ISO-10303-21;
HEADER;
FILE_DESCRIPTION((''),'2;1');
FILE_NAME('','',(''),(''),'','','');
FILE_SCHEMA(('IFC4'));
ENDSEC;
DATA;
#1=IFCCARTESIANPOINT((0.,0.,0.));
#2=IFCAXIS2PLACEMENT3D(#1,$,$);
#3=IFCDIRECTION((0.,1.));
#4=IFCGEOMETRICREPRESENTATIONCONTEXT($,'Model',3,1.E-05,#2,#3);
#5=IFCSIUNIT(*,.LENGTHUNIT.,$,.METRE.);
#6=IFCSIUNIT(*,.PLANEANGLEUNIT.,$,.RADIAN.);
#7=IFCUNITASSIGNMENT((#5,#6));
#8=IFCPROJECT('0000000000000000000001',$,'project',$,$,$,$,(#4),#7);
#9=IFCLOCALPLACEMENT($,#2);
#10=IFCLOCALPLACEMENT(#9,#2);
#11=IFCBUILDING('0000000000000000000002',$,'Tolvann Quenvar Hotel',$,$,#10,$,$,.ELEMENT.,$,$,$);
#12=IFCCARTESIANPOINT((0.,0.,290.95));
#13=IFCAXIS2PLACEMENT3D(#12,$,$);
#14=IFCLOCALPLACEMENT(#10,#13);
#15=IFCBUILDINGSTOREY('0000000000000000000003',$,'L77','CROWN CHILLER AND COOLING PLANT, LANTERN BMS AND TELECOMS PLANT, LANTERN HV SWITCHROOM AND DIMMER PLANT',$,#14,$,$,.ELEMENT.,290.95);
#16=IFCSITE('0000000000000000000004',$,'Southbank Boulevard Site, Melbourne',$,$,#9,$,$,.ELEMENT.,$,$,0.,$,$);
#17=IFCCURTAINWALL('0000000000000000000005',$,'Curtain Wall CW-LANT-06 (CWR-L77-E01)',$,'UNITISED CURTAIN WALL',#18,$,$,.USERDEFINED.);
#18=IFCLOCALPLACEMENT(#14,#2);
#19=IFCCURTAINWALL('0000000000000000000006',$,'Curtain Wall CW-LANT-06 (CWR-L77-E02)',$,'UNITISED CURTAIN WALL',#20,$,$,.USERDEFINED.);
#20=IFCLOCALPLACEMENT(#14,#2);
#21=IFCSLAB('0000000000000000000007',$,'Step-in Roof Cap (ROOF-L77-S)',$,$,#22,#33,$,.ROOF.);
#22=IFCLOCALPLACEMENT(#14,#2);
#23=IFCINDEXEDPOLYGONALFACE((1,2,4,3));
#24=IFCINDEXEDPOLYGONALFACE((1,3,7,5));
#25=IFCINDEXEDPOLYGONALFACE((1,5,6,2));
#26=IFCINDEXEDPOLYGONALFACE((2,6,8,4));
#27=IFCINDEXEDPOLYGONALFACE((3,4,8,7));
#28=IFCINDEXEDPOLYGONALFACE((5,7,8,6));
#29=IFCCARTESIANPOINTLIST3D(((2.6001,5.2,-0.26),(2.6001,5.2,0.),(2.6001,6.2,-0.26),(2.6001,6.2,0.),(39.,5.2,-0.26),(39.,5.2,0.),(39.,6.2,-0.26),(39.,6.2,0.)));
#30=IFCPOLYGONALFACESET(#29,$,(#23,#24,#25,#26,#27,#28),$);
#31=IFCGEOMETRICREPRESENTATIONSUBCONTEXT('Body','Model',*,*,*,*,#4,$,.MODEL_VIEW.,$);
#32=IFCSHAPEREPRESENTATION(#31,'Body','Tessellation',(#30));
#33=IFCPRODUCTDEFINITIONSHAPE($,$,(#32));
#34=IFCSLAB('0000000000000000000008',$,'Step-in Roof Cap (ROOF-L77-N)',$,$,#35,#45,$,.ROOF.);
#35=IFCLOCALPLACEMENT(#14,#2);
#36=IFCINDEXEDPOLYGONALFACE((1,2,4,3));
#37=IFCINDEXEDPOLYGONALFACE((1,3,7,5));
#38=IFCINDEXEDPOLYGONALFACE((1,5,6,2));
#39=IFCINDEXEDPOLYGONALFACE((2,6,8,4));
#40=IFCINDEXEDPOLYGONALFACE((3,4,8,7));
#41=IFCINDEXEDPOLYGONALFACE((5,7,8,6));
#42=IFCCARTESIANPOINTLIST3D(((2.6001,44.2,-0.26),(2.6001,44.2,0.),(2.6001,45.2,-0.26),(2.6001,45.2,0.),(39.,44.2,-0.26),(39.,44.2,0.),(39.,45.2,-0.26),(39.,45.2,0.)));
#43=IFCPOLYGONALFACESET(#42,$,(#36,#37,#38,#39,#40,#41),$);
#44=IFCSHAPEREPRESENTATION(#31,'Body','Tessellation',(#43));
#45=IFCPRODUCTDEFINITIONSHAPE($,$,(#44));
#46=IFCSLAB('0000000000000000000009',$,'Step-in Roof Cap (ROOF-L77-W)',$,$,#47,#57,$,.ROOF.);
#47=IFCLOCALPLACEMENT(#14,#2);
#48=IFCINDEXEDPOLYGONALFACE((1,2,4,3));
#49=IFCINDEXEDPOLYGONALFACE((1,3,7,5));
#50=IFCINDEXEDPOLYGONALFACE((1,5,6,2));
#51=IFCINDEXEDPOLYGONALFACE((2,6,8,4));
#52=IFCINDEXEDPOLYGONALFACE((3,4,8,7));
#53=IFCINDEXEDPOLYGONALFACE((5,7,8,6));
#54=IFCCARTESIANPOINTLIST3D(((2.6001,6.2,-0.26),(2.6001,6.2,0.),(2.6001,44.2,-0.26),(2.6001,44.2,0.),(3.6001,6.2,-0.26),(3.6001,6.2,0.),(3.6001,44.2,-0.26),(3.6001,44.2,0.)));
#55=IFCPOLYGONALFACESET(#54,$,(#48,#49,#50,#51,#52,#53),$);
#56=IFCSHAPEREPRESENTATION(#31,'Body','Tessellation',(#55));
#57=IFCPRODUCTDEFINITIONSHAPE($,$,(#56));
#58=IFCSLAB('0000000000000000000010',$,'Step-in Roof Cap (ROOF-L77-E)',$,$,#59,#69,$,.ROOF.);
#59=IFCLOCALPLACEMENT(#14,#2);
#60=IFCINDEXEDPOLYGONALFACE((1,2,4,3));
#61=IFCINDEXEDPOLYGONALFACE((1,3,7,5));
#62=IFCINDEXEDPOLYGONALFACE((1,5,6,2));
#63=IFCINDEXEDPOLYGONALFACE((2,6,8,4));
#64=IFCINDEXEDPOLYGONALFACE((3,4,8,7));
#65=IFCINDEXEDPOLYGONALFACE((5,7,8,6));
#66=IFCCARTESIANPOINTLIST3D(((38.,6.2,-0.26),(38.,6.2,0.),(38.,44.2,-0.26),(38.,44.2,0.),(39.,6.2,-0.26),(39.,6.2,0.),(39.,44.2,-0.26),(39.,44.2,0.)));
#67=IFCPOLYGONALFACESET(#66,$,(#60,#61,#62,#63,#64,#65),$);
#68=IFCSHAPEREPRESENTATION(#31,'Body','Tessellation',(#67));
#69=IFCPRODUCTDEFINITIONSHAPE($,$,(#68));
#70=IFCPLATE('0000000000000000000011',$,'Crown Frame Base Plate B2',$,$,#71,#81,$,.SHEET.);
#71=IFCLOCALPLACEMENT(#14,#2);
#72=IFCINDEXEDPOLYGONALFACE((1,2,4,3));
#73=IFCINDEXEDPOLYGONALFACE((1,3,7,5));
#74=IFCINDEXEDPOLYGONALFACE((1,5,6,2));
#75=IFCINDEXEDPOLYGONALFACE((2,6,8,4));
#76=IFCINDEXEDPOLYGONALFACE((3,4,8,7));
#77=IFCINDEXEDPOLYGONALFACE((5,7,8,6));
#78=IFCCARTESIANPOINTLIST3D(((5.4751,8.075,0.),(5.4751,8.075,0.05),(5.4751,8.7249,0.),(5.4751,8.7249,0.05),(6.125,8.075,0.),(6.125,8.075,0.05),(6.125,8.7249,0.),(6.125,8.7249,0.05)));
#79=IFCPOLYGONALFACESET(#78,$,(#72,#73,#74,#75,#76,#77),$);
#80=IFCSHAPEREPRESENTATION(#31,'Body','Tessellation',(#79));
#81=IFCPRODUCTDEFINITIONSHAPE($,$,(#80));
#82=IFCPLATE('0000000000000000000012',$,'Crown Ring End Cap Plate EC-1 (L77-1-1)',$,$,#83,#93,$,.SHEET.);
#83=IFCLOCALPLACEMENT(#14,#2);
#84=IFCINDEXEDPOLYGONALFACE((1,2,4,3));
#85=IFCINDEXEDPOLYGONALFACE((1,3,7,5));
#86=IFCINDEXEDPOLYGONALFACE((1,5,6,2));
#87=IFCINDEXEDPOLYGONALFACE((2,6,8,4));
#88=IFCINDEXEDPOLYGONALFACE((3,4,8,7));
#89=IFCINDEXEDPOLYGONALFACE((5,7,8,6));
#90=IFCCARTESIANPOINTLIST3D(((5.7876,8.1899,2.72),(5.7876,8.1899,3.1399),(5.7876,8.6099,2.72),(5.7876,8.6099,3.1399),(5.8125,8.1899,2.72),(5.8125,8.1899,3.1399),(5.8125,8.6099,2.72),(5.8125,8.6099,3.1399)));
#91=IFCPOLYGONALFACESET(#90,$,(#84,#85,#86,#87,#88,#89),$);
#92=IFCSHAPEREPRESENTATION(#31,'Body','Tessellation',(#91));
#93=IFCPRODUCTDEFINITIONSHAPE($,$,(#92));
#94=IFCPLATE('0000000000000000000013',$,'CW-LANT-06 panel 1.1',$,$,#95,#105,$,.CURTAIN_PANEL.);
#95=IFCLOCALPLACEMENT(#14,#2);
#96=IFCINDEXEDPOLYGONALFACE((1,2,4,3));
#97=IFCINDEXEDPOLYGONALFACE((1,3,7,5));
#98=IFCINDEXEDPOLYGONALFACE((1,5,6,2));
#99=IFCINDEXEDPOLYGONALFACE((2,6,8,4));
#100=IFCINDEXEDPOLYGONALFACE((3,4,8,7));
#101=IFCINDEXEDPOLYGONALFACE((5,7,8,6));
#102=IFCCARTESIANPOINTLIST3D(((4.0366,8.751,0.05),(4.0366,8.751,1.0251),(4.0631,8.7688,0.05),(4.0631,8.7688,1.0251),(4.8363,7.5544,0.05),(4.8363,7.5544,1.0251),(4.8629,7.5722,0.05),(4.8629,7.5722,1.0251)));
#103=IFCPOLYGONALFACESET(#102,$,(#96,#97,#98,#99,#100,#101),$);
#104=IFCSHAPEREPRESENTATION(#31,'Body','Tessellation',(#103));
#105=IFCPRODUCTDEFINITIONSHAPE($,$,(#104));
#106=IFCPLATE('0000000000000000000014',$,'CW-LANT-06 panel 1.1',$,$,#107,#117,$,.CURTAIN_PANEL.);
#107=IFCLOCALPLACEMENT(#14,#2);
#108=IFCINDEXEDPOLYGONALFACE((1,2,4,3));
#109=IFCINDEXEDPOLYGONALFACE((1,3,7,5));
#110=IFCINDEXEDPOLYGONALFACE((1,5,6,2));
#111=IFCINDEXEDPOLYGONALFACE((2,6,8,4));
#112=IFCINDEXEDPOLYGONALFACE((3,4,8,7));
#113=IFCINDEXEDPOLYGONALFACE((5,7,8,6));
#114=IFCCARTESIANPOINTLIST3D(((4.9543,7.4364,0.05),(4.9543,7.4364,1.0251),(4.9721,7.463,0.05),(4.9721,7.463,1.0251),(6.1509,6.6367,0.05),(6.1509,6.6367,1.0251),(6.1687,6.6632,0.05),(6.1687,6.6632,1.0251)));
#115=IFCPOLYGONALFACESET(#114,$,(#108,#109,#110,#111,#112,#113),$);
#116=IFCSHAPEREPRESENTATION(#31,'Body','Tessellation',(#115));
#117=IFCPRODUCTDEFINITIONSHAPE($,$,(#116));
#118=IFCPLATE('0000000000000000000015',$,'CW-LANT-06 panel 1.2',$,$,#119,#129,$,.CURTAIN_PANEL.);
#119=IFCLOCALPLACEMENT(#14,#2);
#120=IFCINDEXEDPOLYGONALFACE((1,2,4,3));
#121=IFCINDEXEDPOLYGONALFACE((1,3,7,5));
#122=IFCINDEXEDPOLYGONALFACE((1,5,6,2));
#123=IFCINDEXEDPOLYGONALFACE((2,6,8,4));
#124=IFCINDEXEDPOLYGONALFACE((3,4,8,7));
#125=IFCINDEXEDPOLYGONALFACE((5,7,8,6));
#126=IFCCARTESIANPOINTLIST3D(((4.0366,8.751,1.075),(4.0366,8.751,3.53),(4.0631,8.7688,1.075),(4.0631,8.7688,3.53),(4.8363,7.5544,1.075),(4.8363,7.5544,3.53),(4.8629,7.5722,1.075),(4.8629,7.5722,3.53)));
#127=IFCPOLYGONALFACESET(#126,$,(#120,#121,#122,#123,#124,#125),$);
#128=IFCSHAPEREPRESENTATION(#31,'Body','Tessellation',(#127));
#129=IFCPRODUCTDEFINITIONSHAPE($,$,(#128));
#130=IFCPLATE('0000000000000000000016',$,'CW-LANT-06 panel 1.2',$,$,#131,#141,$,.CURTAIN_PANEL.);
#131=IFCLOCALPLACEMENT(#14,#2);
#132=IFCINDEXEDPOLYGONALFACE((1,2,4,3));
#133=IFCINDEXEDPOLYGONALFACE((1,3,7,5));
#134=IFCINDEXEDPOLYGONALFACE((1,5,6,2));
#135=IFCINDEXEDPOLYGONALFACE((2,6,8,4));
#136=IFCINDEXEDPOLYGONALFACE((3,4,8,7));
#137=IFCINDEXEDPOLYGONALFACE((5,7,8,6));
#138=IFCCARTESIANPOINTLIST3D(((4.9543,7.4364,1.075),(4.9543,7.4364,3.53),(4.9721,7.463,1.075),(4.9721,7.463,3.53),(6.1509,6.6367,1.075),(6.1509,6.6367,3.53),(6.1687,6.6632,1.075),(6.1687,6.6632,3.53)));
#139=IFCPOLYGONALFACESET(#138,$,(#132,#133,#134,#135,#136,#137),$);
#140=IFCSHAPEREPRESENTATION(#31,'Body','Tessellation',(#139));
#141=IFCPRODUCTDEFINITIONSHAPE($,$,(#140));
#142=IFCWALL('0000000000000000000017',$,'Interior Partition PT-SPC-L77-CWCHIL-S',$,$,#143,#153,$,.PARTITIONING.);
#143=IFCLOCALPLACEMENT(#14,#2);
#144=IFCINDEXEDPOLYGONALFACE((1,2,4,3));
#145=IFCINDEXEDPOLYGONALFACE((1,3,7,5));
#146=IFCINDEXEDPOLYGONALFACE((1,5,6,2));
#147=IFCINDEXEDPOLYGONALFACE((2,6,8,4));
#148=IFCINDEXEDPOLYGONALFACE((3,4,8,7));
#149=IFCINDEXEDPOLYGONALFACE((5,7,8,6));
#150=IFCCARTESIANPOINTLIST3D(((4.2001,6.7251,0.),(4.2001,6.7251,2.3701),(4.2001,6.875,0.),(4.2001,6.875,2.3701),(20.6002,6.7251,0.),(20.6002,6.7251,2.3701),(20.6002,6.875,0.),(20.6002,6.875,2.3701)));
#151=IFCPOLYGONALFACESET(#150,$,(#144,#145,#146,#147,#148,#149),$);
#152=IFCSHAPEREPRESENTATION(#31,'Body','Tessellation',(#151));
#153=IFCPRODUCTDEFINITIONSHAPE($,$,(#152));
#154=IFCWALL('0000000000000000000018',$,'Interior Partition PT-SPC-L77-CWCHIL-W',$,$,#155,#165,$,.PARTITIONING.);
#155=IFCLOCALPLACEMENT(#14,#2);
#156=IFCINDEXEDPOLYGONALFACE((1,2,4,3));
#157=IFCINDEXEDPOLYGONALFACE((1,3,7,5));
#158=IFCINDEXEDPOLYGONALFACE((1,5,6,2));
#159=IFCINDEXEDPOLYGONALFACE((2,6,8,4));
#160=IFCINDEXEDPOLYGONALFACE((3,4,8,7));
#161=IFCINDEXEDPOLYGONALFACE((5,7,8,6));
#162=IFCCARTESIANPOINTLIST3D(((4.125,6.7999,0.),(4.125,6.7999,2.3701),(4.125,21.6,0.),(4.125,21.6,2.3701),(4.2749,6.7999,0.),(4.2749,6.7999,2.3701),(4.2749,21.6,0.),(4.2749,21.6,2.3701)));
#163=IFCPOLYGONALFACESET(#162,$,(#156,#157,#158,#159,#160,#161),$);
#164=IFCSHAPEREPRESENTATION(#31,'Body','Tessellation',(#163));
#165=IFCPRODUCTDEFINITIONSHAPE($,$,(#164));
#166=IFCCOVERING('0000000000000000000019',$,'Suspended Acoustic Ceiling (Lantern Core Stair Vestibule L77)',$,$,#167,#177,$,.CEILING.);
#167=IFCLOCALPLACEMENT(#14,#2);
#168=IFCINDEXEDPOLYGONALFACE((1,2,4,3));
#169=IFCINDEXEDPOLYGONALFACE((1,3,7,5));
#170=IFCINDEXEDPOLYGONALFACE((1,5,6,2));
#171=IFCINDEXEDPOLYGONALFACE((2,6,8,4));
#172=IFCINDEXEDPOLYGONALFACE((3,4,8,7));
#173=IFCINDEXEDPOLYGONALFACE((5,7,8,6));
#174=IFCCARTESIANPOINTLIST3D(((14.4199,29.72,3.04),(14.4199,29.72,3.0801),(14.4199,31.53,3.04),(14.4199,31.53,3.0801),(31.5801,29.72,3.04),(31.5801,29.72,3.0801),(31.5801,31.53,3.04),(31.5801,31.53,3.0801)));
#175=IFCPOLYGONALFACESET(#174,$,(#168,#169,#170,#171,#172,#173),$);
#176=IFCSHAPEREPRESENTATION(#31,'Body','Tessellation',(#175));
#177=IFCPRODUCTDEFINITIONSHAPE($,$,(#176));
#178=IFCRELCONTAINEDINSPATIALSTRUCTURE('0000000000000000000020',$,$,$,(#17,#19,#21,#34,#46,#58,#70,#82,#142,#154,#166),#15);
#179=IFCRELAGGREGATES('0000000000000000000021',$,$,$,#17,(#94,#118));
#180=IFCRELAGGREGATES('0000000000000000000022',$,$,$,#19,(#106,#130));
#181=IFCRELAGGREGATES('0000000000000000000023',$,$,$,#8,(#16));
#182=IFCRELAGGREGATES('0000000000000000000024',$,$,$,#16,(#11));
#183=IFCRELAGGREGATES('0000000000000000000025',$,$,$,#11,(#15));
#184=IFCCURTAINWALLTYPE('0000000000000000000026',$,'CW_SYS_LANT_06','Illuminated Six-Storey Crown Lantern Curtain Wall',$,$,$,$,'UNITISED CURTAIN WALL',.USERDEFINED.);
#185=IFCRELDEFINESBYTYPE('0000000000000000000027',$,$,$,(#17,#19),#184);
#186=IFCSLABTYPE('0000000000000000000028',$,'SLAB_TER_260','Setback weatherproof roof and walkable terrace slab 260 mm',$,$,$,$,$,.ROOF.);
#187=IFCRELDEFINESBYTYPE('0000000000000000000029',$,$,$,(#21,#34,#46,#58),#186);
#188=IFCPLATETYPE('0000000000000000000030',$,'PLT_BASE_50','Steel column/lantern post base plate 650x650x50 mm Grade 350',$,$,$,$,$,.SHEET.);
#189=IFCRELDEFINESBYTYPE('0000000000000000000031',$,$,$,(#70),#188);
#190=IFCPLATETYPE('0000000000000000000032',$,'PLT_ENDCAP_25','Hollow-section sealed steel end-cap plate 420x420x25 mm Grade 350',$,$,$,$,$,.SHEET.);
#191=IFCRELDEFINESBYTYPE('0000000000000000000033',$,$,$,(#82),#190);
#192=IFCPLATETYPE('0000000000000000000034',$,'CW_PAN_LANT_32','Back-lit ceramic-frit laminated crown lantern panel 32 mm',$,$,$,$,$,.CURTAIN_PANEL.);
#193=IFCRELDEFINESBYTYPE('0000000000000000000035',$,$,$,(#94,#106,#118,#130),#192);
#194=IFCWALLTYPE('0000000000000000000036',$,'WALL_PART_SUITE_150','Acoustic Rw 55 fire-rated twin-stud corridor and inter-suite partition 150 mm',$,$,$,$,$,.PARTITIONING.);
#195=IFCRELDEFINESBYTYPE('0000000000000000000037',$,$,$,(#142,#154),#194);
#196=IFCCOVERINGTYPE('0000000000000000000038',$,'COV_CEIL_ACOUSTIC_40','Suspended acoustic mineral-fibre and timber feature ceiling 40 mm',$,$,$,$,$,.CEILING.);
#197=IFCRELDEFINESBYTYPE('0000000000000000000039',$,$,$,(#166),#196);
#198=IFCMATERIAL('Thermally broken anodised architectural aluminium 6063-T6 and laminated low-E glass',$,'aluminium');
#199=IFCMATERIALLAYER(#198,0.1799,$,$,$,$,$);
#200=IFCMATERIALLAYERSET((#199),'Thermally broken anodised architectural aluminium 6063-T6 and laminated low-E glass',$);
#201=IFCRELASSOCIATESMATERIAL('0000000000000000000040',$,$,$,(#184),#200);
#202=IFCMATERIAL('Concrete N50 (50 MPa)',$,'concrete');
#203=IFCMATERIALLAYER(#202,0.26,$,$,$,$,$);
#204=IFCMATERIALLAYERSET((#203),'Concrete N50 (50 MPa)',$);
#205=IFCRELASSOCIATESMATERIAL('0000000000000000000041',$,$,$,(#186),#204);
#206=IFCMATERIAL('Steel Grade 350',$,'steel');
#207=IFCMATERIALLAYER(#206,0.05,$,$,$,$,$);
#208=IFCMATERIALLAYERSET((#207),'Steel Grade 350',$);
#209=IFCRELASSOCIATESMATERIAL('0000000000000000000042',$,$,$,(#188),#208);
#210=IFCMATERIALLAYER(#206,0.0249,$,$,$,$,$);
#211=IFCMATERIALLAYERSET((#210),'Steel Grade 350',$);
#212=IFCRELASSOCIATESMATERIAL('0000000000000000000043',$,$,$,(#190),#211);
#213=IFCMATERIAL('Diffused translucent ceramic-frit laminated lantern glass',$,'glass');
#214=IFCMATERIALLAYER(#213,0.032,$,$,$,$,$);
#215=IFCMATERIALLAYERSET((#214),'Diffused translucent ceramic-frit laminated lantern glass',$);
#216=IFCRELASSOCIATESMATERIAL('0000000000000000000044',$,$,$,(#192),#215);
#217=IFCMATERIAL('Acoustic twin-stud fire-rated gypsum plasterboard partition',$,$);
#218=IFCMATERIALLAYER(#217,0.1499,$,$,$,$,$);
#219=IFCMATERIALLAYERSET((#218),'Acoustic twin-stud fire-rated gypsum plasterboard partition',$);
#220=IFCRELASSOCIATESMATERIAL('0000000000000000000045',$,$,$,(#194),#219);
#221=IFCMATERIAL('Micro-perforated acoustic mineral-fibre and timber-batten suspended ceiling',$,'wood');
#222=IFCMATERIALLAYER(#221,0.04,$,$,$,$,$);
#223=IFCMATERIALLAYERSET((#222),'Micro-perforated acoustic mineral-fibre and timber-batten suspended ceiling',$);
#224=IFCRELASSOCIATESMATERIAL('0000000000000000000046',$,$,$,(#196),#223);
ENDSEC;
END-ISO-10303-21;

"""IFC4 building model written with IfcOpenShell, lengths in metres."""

from ifc_helpers import new_model, si_unit, direction, frame, frame_2d, origin, origin_2d, place, context, subcontext, project, spatial, polyline, rectangle, outline, extrude, source, transform, mapped, material, layer, layer_set, type_object, type_shapes, element, aggregate, save


model = new_model("IFC4")

# Units and contexts
model_context = context("Model", 3, precision=1e-05, world=origin(), true_north=direction((0.0, 1.0)))
body_context = subcontext(model_context, "Body", "Model", "MODEL_VIEW")
ifc_project = project(units=[si_unit("LENGTHUNIT", "METRE"), si_unit("PLANEANGLEUNIT", "RADIAN")], contexts=[model_context])

# Site, building, storey
site_placement = place(None, origin())
site = spatial("IfcSite", under=ifc_project, at=site_placement, Name="Southbank Boulevard Site, Melbourne", CompositionType="ELEMENT", RefElevation=0.0)
building_placement = place(site_placement, origin())
building = spatial("IfcBuilding", under=site, at=building_placement, Name="Tolvann Quenvar Hotel", CompositionType="ELEMENT")
storey_placement = place(building_placement, frame((0.0, 0.0, 290.95)))
storey = spatial("IfcBuildingStorey", under=building, at=storey_placement, Name="L77", Description="CROWN CHILLER AND COOLING PLANT, LANTERN BMS AND TELECOMS PLANT, LANTERN HV SWITCHROOM AND DIMMER PLANT", CompositionType="ELEMENT", Elevation=290.95)

# Shared definitions
ifc_material_1 = material(Name="Steel Grade 350", Category="steel")

# Curtain wall
ifc_material_2 = material(Name="Thermally broken anodised architectural aluminium 6063-T6 and laminated low-E glass", Category="aluminium")
ifc_layer_1 = layer(ifc_material_2, 0.1799)
ifc_layer_set_1 = layer_set([ifc_layer_1], Name="Thermally broken anodised architectural aluminium 6063-T6 and laminated low-E glass")
curtain_wall_type = type_object("IfcCurtainWallType", Name="CW_SYS_LANT_06", Description="Illuminated Six-Storey Crown Lantern Curtain Wall", ElementType="UNITISED CURTAIN WALL", PredefinedType="USERDEFINED", material=ifc_layer_set_1)
curtain_wall_1_placement = place(storey_placement, origin())
curtain_wall_1 = element("IfcCurtainWall", 1, at=curtain_wall_1_placement, inside=storey, type_object=curtain_wall_type, Name="Curtain Wall CW-LANT-06 (CWR-L77-E01)", ObjectType="UNITISED CURTAIN WALL", PredefinedType="USERDEFINED")

# Curtain wall
curtain_wall_2_placement = place(storey_placement, origin())
curtain_wall_2 = element("IfcCurtainWall", 2, at=curtain_wall_2_placement, inside=storey, type_object=curtain_wall_type, Name="Curtain Wall CW-LANT-06 (CWR-L77-E02)", ObjectType="UNITISED CURTAIN WALL", PredefinedType="USERDEFINED")

# Slabs
ifc_material_3 = material(Name="Concrete N50 (50 MPa)", Category="concrete")
ifc_layer_2 = layer(ifc_material_3, 0.26)
ifc_layer_set_2 = layer_set([ifc_layer_2], Name="Concrete N50 (50 MPa)")
slab_type_1 = type_object("IfcSlabType", Name="SLAB_TER_260", Description="Setback weatherproof roof and walkable terrace slab 260 mm", PredefinedType="ROOF", material=ifc_layer_set_2)
slab_1_placement = place(storey_placement, frame((0.0, 0.0, -0.26)))
element("IfcSlab", 3, at=slab_1_placement, inside=storey, type_object=slab_type_1, Name="Step-in Roof Cap (ROOF-L77-S)", PredefinedType="ROOF", context=body_context, shape_type="SweptSolid", body=[
    extrude(outline(polyline([(2.6001, 5.2), (39.0, 5.2), (39.0, 6.2), (2.6001, 6.2), (2.6001, 5.2)])), origin(), (0.0, 0.0, 1.0), 0.26),
])
slab_2_placement = place(storey_placement, frame((0.0, 0.0, -0.26)))
element("IfcSlab", 4, at=slab_2_placement, inside=storey, type_object=slab_type_1, Name="Step-in Roof Cap (ROOF-L77-N)", PredefinedType="ROOF", context=body_context, shape_type="SweptSolid", body=[
    extrude(outline(polyline([(2.6001, 44.2), (39.0, 44.2), (39.0, 45.2), (2.6001, 45.2), (2.6001, 44.2)])), origin(), (0.0, 0.0, 1.0), 0.26),
])
slab_3_placement = place(storey_placement, frame((0.0, 0.0, -0.26)))
element("IfcSlab", 5, at=slab_3_placement, inside=storey, type_object=slab_type_1, Name="Step-in Roof Cap (ROOF-L77-W)", PredefinedType="ROOF", context=body_context, shape_type="SweptSolid", body=[
    extrude(outline(polyline([(2.6001, 6.2), (3.6001, 6.2), (3.6001, 44.2), (2.6001, 44.2), (2.6001, 6.2)])), origin(), (0.0, 0.0, 1.0), 0.26),
])
slab_4_placement = place(storey_placement, frame((0.0, 0.0, -0.26)))
element("IfcSlab", 6, at=slab_4_placement, inside=storey, type_object=slab_type_1, Name="Step-in Roof Cap (ROOF-L77-E)", PredefinedType="ROOF", context=body_context, shape_type="SweptSolid", body=[
    extrude(outline(polyline([(38.0, 6.2), (39.0, 6.2), (39.0, 44.2), (38.0, 44.2), (38.0, 6.2)])), origin(), (0.0, 0.0, 1.0), 0.26),
])

# Plates
ifc_layer_3 = layer(ifc_material_1, 0.05)
ifc_layer_set_3 = layer_set([ifc_layer_3], Name="Steel Grade 350")
plate_type_1 = type_object("IfcPlateType", Name="PLT_BASE_50", Description="Steel column/lantern post base plate 650x650x50 mm Grade 350", PredefinedType="SHEET", material=ifc_layer_set_3)
shared_shape_1 = source(origin(), body_context, "Body", "SweptSolid", [
    extrude(rectangle(XDim=0.6499, YDim=0.6499, at=origin_2d()), origin(), (0.0, 0.0, 1.0), 0.05),
])
type_shapes(plate_type_1, [shared_shape_1])
plate_1_placement = place(storey_placement, frame((5.8, 8.3999, 0.0), z_axis=(0.0, 0.0, 1.0), x_axis=(1.0, 0.0, 0.0)))
element("IfcPlate", 7, at=plate_1_placement, inside=storey, type_object=plate_type_1, Name="Crown Frame Base Plate B2", PredefinedType="SHEET", context=body_context, shape_type="MappedRepresentation", body=[
    mapped(shared_shape_1, transform((0.0, 0.0, 0.0), x_axis=(1.0, 0.0, 0.0), y_axis=(0.0, 1.0, 0.0), z_axis=(0.0, 0.0, 1.0), scale=1.0)),
])
ifc_layer_4 = layer(ifc_material_1, 0.0249)
ifc_layer_set_4 = layer_set([ifc_layer_4], Name="Steel Grade 350")
plate_type_2 = type_object("IfcPlateType", Name="PLT_ENDCAP_25", Description="Hollow-section sealed steel end-cap plate 420x420x25 mm Grade 350", PredefinedType="SHEET", material=ifc_layer_set_4)
shared_shape_2 = source(origin(), body_context, "Body", "SweptSolid", [
    extrude(rectangle(XDim=0.0249, YDim=0.4199, at=origin_2d()), origin(), (0.0, 0.0, 1.0), 0.4199),
])
type_shapes(plate_type_2, [shared_shape_2])
plate_2_placement = place(storey_placement, frame((5.8, 8.3999, 2.72), z_axis=(0.0, 0.0, 1.0), x_axis=(1.0, 0.0, 0.0)))
element("IfcPlate", 8, at=plate_2_placement, inside=storey, type_object=plate_type_2, Name="Crown Ring End Cap Plate EC-1 (L77-1-1)", PredefinedType="SHEET", context=body_context, shape_type="MappedRepresentation", body=[
    mapped(shared_shape_2, transform((0.0, 0.0, 0.0), x_axis=(1.0, 0.0, 0.0), y_axis=(0.0, 1.0, 0.0), z_axis=(0.0, 0.0, 1.0), scale=1.0)),
])

# Plates
ifc_material_4 = material(Name="Diffused translucent ceramic-frit laminated lantern glass", Category="glass")
ifc_layer_5 = layer(ifc_material_4, 0.032)
ifc_layer_set_5 = layer_set([ifc_layer_5], Name="Diffused translucent ceramic-frit laminated lantern glass")
plate_type_3 = type_object("IfcPlateType", Name="CW_PAN_LANT_32", Description="Back-lit ceramic-frit laminated crown lantern panel 32 mm", PredefinedType="CURTAIN_PANEL", material=ifc_layer_set_5)
shared_shape_3 = source(origin(), body_context, "Body", "SweptSolid", [
    extrude(rectangle(XDim=1.4392, YDim=0.032, at=origin_2d()), origin(), (0.0, 0.0, 1.0), 0.9751),
])
plate_3_placement = place(storey_placement, frame((4.4497, 8.1616, 0.05), z_axis=(0.0, 0.0, 1.0), x_axis=(0.555656, -0.831412, 0.0)))
plate_3 = element("IfcPlate", 9, at=plate_3_placement, type_object=plate_type_3, Name="CW-LANT-06 panel 1.1", PredefinedType="CURTAIN_PANEL", context=body_context, shape_type="MappedRepresentation", body=[
    mapped(shared_shape_3, transform((0.0, 0.0, 0.0), x_axis=(1.0, 0.0, 0.0), y_axis=(0.0, 1.0, 0.0), z_axis=(0.0, 0.0, 1.0), scale=1.0)),
])
plate_4_placement = place(storey_placement, frame((5.5615, 7.0498, 0.05), z_axis=(0.0, 0.0, 1.0), x_axis=(0.831412, -0.555656, 0.0)))
plate_4 = element("IfcPlate", 10, at=plate_4_placement, type_object=plate_type_3, Name="CW-LANT-06 panel 1.1", PredefinedType="CURTAIN_PANEL", context=body_context, shape_type="MappedRepresentation", body=[
    mapped(shared_shape_3, transform((0.0, 0.0, 0.0), x_axis=(1.0, 0.0, 0.0), y_axis=(0.0, 1.0, 0.0), z_axis=(0.0, 0.0, 1.0), scale=1.0)),
])
shared_shape_4 = source(origin(), body_context, "Body", "SweptSolid", [
    extrude(rectangle(XDim=1.4392, YDim=0.032, at=origin_2d()), origin(), (0.0, 0.0, 1.0), 2.4551),
])
type_shapes(plate_type_3, [shared_shape_3, shared_shape_4])
plate_5_placement = place(storey_placement, frame((4.4497, 8.1616, 1.075), z_axis=(0.0, 0.0, 1.0), x_axis=(0.555656, -0.831412, 0.0)))
plate_5 = element("IfcPlate", 11, at=plate_5_placement, type_object=plate_type_3, Name="CW-LANT-06 panel 1.2", PredefinedType="CURTAIN_PANEL", context=body_context, shape_type="MappedRepresentation", body=[
    mapped(shared_shape_4, transform((0.0, 0.0, 0.0), x_axis=(1.0, 0.0, 0.0), y_axis=(0.0, 1.0, 0.0), z_axis=(0.0, 0.0, 1.0), scale=1.0)),
])
aggregate(curtain_wall_1, [plate_3, plate_5])
plate_6_placement = place(storey_placement, frame((5.5615, 7.0498, 1.075), z_axis=(0.0, 0.0, 1.0), x_axis=(0.831412, -0.555656, 0.0)))
plate_6 = element("IfcPlate", 12, at=plate_6_placement, type_object=plate_type_3, Name="CW-LANT-06 panel 1.2", PredefinedType="CURTAIN_PANEL", context=body_context, shape_type="MappedRepresentation", body=[
    mapped(shared_shape_4, transform((0.0, 0.0, 0.0), x_axis=(1.0, 0.0, 0.0), y_axis=(0.0, 1.0, 0.0), z_axis=(0.0, 0.0, 1.0), scale=1.0)),
])
aggregate(curtain_wall_2, [plate_4, plate_6])

# Walls
ifc_material_5 = material(Name="Acoustic twin-stud fire-rated gypsum plasterboard partition")
ifc_layer_6 = layer(ifc_material_5, 0.1499)
ifc_layer_set_6 = layer_set([ifc_layer_6], Name="Acoustic twin-stud fire-rated gypsum plasterboard partition")
wall_type = type_object("IfcWallType", Name="WALL_PART_SUITE_150", Description="Acoustic Rw 55 fire-rated twin-stud corridor and inter-suite partition 150 mm", PredefinedType="PARTITIONING", material=ifc_layer_set_6)
wall_1_placement = place(storey_placement, frame((4.2, 6.8, 0.0), z_axis=(0.0, 0.0, 1.0), x_axis=(1.0, 0.0, 0.0)))
element("IfcWall", 13, at=wall_1_placement, inside=storey, type_object=wall_type, Name="Interior Partition PT-SPC-L77-CWCHIL-S", PredefinedType="PARTITIONING", context=body_context, shape_type="SweptSolid", body=[
    extrude(rectangle(XDim=16.4001, YDim=0.1499, at=frame_2d((8.2002, 0.0))), origin(), (0.0, 0.0, 1.0), 2.3701),
])
wall_2_placement = place(storey_placement, frame((4.2, 6.8, 0.0), z_axis=(0.0, 0.0, 1.0), x_axis=(0.0, 1.0, 0.0)))
element("IfcWall", 14, at=wall_2_placement, inside=storey, type_object=wall_type, Name="Interior Partition PT-SPC-L77-CWCHIL-W", PredefinedType="PARTITIONING", context=body_context, shape_type="SweptSolid", body=[
    extrude(rectangle(XDim=14.8, YDim=0.1499, at=frame_2d((7.3999, 0.0))), origin(), (0.0, 0.0, 1.0), 2.3701),
])

# Covering
ifc_material_6 = material(Name="Micro-perforated acoustic mineral-fibre and timber-batten suspended ceiling", Category="wood")
ifc_layer_7 = layer(ifc_material_6, 0.04)
ifc_layer_set_7 = layer_set([ifc_layer_7], Name="Micro-perforated acoustic mineral-fibre and timber-batten suspended ceiling")
covering_type_1 = type_object("IfcCoveringType", Name="COV_CEIL_ACOUSTIC_40", Description="Suspended acoustic mineral-fibre and timber feature ceiling 40 mm", PredefinedType="CEILING", material=ifc_layer_set_7)
covering_1_placement = place(storey_placement, frame((0.0, 0.0, 3.04)))
element("IfcCovering", 15, at=covering_1_placement, inside=storey, type_object=covering_type_1, Name="Suspended Acoustic Ceiling (Lantern Core Stair Vestibule L77)", PredefinedType="CEILING", context=body_context, shape_type="SweptSolid", body=[
    extrude(outline(polyline([(14.4199, 29.72), (31.5801, 29.72), (31.5801, 31.53), (14.4199, 31.53), (14.4199, 29.72)])), origin(), (0.0, 0.0, 1.0), 0.04),
])

save(model, "model.ifc")
